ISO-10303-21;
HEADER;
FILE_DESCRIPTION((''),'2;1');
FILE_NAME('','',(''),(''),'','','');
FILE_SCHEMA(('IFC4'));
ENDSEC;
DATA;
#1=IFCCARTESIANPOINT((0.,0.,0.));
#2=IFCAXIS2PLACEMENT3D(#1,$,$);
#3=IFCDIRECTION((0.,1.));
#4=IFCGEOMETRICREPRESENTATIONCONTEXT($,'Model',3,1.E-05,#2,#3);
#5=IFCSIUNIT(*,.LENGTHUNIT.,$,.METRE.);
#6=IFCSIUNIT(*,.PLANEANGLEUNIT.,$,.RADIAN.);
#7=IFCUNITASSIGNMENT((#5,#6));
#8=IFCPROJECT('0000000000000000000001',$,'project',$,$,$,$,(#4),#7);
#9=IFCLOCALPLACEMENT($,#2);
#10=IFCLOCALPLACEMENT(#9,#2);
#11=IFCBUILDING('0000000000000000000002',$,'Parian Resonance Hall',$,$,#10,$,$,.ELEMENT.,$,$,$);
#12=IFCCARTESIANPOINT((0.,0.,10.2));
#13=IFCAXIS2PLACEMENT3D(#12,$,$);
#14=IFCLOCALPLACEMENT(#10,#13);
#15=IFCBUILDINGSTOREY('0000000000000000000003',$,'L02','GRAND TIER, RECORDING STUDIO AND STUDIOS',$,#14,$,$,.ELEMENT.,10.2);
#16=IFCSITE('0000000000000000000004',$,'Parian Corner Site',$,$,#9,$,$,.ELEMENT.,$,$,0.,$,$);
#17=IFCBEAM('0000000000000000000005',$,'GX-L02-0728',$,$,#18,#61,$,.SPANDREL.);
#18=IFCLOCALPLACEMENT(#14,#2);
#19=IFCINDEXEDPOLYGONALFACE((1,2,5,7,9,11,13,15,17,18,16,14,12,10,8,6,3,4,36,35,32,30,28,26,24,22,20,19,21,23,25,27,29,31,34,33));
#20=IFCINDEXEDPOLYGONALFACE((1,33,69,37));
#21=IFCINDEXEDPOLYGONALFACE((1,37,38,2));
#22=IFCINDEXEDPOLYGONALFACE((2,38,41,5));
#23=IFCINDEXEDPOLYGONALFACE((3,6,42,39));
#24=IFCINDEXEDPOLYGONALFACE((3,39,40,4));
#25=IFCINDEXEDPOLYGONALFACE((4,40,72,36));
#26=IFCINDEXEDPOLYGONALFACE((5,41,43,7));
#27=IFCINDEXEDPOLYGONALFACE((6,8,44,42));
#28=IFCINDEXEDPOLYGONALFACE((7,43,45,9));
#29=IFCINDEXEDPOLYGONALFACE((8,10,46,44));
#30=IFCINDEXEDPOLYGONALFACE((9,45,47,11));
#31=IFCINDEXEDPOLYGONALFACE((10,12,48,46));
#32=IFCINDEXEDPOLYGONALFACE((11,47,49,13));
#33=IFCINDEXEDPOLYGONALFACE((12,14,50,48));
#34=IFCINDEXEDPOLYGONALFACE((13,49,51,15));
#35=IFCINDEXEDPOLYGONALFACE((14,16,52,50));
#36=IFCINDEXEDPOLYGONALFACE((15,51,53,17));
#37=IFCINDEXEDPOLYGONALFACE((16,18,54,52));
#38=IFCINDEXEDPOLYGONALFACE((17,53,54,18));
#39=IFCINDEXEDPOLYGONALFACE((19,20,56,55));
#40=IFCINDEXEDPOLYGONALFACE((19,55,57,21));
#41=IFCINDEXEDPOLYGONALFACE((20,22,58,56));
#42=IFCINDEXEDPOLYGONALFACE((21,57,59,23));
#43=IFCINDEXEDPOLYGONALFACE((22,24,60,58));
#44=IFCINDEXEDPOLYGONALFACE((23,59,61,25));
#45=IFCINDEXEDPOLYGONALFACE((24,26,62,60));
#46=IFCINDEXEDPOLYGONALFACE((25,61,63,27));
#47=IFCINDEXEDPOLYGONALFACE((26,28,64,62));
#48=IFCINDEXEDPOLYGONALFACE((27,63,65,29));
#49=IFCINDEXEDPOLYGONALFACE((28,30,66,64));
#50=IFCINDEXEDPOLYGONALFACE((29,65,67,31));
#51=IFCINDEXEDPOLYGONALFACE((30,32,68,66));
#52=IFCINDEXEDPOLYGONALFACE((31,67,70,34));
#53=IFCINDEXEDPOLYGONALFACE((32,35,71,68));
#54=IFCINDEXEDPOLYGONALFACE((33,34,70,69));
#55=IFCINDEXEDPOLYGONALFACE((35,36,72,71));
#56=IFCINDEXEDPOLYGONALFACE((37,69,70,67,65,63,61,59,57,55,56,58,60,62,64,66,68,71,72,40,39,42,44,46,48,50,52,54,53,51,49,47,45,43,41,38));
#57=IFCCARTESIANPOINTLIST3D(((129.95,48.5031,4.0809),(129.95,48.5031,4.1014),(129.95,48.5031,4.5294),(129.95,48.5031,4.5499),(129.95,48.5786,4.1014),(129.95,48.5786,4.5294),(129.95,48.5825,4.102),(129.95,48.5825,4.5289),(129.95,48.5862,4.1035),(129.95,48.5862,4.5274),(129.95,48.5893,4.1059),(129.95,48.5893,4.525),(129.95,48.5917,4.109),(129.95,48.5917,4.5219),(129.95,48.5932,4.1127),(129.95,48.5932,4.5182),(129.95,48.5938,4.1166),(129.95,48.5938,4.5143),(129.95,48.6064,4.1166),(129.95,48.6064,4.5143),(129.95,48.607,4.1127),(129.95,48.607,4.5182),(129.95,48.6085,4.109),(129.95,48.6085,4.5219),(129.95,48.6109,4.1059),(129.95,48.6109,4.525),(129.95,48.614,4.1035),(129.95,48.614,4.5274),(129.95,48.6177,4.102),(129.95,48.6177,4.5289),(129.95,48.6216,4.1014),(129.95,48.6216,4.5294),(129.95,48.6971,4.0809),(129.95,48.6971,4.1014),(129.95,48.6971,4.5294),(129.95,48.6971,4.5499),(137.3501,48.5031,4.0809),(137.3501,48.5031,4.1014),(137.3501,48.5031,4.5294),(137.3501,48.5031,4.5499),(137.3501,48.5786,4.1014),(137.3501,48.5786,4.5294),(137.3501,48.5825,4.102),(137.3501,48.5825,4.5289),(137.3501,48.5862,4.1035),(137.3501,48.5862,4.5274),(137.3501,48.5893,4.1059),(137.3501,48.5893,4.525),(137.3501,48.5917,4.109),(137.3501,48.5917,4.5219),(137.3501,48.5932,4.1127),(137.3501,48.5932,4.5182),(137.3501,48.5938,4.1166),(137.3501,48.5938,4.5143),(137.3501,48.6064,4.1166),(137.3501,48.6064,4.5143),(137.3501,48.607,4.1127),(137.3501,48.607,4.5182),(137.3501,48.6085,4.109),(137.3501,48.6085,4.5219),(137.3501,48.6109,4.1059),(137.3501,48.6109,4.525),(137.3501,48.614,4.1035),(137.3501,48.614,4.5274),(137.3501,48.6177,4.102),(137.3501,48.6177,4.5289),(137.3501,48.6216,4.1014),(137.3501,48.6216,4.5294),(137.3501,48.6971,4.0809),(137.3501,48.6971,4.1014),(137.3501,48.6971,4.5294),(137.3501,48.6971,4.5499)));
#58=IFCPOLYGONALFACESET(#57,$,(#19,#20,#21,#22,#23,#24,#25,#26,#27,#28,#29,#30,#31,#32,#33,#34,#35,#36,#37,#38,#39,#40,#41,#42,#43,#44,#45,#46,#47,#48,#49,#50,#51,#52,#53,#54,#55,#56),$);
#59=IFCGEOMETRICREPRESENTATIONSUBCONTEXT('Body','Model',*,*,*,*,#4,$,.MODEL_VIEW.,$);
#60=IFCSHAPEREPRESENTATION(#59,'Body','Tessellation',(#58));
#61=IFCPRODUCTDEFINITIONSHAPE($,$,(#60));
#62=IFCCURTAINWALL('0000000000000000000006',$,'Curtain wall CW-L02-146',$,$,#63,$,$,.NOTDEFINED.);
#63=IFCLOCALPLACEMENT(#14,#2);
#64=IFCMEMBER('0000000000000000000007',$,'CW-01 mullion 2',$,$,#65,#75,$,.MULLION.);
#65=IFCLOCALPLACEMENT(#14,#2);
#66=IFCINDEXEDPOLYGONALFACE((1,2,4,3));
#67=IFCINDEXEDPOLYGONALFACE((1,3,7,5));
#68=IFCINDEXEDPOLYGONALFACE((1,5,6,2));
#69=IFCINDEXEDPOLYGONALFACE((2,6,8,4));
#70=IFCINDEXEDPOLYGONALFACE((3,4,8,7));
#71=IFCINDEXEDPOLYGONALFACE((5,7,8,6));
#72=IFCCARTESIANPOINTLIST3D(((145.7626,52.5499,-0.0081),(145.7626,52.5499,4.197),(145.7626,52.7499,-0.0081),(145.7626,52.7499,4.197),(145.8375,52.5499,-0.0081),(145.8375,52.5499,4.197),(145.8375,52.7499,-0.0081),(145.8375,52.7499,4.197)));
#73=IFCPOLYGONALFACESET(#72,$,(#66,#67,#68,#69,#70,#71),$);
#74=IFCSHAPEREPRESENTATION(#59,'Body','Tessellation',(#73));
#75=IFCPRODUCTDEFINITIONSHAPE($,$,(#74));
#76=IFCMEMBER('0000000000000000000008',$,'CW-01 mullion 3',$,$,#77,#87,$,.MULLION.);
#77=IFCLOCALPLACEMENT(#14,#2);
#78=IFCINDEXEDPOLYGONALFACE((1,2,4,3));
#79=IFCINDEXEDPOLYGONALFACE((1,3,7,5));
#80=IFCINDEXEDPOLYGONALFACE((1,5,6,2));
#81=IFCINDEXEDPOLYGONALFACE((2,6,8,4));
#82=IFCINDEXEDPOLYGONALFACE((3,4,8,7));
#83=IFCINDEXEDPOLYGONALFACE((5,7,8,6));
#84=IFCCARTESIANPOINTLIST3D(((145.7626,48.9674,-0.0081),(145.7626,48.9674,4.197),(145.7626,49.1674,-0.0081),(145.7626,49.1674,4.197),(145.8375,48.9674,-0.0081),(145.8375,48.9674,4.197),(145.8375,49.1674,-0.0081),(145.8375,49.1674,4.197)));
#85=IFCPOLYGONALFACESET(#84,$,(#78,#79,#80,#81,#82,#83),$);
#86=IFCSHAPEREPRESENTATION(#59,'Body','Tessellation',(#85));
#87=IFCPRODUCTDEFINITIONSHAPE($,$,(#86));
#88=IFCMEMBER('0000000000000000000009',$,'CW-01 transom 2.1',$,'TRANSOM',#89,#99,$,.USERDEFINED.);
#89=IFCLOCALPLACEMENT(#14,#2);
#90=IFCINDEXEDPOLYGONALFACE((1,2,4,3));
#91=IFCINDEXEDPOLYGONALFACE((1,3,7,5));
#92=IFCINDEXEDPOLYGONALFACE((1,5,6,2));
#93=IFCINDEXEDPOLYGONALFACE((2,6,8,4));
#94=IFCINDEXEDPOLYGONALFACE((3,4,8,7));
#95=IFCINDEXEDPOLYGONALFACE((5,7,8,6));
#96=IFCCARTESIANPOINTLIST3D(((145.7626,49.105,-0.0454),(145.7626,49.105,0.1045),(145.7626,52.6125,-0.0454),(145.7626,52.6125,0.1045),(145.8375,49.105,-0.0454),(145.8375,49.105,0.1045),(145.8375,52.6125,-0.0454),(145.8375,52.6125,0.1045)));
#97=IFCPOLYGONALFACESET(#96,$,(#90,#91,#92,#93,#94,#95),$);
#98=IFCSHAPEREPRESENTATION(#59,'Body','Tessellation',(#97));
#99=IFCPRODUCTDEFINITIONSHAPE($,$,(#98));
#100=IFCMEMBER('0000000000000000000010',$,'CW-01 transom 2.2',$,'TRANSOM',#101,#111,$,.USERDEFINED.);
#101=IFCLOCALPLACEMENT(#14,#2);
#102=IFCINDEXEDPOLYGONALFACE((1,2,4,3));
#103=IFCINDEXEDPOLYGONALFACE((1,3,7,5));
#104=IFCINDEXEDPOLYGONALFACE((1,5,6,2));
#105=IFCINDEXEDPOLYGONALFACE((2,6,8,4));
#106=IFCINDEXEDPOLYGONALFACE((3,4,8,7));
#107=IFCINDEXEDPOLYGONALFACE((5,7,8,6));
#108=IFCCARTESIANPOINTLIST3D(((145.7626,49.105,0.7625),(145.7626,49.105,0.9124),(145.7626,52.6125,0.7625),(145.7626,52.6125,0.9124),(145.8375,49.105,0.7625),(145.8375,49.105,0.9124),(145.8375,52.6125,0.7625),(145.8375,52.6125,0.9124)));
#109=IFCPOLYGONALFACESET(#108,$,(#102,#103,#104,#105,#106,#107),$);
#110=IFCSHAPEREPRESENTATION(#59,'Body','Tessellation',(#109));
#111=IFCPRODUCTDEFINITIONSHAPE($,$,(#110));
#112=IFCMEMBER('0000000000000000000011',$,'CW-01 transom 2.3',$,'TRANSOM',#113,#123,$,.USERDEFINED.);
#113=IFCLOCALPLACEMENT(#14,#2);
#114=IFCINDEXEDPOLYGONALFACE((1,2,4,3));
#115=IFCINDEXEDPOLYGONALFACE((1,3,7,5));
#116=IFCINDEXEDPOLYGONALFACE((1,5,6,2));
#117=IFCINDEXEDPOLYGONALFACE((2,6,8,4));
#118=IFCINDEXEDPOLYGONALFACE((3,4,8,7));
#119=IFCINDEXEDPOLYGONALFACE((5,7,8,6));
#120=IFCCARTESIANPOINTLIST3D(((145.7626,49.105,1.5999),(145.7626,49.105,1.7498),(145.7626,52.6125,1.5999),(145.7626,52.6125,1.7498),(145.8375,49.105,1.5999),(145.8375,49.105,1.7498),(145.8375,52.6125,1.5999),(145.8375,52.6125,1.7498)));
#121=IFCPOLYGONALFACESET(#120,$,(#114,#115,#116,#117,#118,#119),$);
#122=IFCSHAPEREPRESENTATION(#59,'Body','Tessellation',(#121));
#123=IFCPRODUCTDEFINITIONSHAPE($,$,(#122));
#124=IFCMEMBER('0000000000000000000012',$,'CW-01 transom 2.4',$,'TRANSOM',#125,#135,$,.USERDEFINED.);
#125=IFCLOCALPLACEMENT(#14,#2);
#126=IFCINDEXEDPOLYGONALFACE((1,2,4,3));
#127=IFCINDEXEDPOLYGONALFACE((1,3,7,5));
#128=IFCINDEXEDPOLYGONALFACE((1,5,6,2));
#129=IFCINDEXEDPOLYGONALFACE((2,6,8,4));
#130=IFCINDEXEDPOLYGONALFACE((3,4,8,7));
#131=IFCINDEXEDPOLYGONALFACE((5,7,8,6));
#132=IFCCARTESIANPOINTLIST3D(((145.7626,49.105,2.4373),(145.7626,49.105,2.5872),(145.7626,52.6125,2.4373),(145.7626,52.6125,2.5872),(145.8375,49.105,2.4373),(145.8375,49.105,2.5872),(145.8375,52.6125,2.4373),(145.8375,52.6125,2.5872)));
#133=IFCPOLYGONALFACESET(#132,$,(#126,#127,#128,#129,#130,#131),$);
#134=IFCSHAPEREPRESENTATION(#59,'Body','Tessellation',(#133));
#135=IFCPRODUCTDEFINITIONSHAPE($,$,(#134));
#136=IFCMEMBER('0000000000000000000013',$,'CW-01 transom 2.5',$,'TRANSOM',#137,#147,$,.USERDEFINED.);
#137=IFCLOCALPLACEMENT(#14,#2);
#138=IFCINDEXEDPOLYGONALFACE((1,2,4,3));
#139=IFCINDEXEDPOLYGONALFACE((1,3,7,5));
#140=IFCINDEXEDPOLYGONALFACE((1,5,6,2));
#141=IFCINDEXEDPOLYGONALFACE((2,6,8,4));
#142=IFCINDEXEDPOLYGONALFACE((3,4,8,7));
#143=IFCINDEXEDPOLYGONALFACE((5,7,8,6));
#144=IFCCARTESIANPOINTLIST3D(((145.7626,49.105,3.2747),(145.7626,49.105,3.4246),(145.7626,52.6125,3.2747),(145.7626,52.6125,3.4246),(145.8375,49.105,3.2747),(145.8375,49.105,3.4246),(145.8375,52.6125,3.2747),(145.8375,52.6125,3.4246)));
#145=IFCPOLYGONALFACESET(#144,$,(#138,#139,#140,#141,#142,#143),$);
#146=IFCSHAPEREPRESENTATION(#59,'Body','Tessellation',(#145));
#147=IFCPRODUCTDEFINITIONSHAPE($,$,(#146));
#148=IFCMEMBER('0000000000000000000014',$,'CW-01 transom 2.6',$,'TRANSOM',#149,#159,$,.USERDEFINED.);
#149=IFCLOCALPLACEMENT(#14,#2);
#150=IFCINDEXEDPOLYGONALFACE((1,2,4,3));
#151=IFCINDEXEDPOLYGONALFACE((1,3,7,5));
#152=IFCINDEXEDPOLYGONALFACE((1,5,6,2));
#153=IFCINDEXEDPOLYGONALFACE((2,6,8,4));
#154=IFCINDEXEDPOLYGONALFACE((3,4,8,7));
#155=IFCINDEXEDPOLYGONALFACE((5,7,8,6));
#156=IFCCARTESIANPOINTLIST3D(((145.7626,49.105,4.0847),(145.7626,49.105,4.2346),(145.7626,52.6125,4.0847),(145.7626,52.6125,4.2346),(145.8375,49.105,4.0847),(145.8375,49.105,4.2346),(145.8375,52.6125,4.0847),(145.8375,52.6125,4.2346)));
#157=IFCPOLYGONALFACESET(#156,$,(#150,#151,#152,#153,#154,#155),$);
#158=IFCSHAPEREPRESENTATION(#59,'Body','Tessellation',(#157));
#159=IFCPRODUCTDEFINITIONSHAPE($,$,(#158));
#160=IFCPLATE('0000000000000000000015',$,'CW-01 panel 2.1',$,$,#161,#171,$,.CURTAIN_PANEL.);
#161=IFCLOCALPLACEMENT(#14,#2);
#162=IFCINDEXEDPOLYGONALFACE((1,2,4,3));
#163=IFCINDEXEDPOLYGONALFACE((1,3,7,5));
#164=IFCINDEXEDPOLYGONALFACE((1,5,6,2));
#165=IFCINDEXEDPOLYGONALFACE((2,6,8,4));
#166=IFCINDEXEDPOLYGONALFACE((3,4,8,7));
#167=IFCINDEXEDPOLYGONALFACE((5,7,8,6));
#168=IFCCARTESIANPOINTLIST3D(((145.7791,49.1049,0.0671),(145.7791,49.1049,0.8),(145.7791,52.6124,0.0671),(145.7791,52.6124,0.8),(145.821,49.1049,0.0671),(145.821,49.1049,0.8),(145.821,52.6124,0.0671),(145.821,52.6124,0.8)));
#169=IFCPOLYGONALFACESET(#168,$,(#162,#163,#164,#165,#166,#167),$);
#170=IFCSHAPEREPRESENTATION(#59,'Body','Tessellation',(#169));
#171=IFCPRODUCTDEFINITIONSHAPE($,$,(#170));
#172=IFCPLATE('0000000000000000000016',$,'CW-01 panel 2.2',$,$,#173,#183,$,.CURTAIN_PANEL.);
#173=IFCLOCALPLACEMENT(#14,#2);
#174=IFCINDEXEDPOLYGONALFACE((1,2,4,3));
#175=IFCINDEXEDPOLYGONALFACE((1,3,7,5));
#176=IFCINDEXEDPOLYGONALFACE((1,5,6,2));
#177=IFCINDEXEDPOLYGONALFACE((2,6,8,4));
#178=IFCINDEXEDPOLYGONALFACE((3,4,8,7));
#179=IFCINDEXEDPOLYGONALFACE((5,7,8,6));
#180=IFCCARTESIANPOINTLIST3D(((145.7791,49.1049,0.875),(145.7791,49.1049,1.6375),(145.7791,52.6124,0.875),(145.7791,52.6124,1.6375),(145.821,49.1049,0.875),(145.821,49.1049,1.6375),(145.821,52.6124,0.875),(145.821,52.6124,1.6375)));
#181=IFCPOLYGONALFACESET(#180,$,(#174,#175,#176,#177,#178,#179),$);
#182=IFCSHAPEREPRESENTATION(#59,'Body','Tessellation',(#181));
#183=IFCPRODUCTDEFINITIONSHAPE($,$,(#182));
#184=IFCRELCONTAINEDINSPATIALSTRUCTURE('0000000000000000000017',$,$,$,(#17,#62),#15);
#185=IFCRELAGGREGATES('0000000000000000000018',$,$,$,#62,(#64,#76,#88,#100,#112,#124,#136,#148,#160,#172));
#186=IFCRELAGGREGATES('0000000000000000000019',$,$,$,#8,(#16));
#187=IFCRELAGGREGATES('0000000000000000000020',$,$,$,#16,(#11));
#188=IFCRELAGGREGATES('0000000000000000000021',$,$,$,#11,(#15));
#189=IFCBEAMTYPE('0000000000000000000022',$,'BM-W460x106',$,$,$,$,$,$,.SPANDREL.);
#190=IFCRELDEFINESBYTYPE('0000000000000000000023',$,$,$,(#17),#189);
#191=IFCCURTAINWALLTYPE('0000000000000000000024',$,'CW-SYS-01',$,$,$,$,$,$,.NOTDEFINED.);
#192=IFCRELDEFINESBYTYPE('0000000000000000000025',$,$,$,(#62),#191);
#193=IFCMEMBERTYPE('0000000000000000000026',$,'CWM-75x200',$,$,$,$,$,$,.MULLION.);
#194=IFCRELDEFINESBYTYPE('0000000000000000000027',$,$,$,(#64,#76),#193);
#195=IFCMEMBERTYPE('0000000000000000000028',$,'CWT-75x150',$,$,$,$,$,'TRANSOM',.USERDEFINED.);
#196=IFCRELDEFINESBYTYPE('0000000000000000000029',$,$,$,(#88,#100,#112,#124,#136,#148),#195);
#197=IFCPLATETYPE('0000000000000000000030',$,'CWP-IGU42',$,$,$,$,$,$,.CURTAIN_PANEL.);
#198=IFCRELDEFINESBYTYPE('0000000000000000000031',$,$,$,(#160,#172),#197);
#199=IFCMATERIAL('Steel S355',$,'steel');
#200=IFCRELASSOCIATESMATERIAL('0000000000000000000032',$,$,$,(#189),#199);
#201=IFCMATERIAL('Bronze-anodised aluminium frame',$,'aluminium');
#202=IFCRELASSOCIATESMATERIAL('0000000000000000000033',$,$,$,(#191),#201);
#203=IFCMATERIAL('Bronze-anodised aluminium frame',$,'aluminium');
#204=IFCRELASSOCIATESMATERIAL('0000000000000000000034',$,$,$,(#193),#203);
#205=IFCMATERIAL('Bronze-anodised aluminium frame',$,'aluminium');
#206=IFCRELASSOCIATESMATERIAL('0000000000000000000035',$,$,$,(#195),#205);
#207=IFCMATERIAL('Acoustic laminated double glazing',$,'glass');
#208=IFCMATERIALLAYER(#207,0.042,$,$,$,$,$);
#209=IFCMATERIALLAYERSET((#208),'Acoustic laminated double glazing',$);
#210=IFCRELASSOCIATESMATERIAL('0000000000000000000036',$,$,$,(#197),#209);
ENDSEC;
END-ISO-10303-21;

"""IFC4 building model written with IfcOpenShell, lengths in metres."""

from ifc_helpers import new_model, si_unit, direction, frame, origin, origin_2d, place, context, subcontext, project, spatial, rectangle, i_section, extrude, material, layer, layer_set, material_profile, profile_set, type_object, element, aggregate, save


model = new_model("IFC4")

# Units and contexts
model_context = context("Model", 3, precision=1e-05, world=origin(), true_north=direction((0.0, 1.0)))
body_context = subcontext(model_context, "Body", "Model", "MODEL_VIEW")
ifc_project = project(units=[si_unit("LENGTHUNIT", "METRE"), si_unit("PLANEANGLEUNIT", "RADIAN")], contexts=[model_context])

# Site, building, storey
site_placement = place(None, origin())
site = spatial("IfcSite", under=ifc_project, at=site_placement, Name="Parian Corner Site", CompositionType="ELEMENT", RefElevation=0.0)
building_placement = place(site_placement, origin())
building = spatial("IfcBuilding", under=site, at=building_placement, Name="Parian Resonance Hall", CompositionType="ELEMENT")
storey_placement = place(building_placement, frame((0.0, 0.0, 10.2)))
storey = spatial("IfcBuildingStorey", under=building, at=storey_placement, Name="L02", Description="GRAND TIER, RECORDING STUDIO AND STUDIOS", CompositionType="ELEMENT", Elevation=10.2)

# Beam
ifc_material_1 = material(Name="Steel S355", Category="steel")
ifc_material_profile_1 = material_profile(ifc_material_1, i_section(OverallWidth=0.1941, OverallDepth=0.469, WebThickness=0.0127, FlangeThickness=0.0205, FilletRadius=0.0151, at=origin_2d()), Name="W460x106")
ifc_profile_set_1 = profile_set([ifc_material_profile_1], Name="Steel S355")
beam_type_1 = type_object("IfcBeamType", Name="BM-W460x106", PredefinedType="SPANDREL", material=ifc_profile_set_1)
beam_1_placement = place(storey_placement, frame((129.95, 48.6001, 4.3154), z_axis=(1.0, 0.0, 0.0), x_axis=(0.0, 1.0, 0.0)))
element("IfcBeam", 1, at=beam_1_placement, inside=storey, type_object=beam_type_1, Name="GX-L02-0728", PredefinedType="SPANDREL", context=body_context, shape_type="SweptSolid", body=[
    extrude(i_section(OverallWidth=0.1941, OverallDepth=0.469, WebThickness=0.0127, FlangeThickness=0.0205, FilletRadius=0.0151, at=origin_2d()), origin(), (0.0, 0.0, 1.0), 7.4001),
])

# Curtain wall, members, plates
ifc_material_2 = material(Name="Bronze-anodised aluminium frame", Category="aluminium")
curtain_wall_type = type_object("IfcCurtainWallType", Name="CW-SYS-01", PredefinedType="NOTDEFINED", material=ifc_material_2)
curtain_wall_placement = place(storey_placement, origin())
curtain_wall = element("IfcCurtainWall", 2, at=curtain_wall_placement, inside=storey, type_object=curtain_wall_type, Name="Curtain wall CW-L02-146", PredefinedType="NOTDEFINED")
ifc_material_3 = material(Name="Bronze-anodised aluminium frame", Category="aluminium")
ifc_material_profile_2 = material_profile(ifc_material_3, rectangle(XDim=0.075, YDim=0.2, at=origin_2d()), Name="CWM-75x200")
ifc_profile_set_2 = profile_set([ifc_material_profile_2], Name="Bronze-anodised aluminium frame")
member_type_1 = type_object("IfcMemberType", Name="CWM-75x200", PredefinedType="MULLION", material=ifc_profile_set_2)
member_1_placement = place(storey_placement, frame((145.8, 52.6499, -0.0081), z_axis=(0.0, 0.0, 1.0), x_axis=(1.0, 0.0, 0.0)))
member_1 = element("IfcMember", 3, at=member_1_placement, type_object=member_type_1, Name="CW-01 mullion 2", PredefinedType="MULLION", context=body_context, shape_type="SweptSolid", body=[
    extrude(rectangle(XDim=0.075, YDim=0.2, at=origin_2d()), origin(), (0.0, 0.0, 1.0), 4.2051),
])
member_2_placement = place(storey_placement, frame((145.8, 49.0674, -0.0081), z_axis=(0.0, 0.0, 1.0), x_axis=(1.0, 0.0, 0.0)))
member_2 = element("IfcMember", 4, at=member_2_placement, type_object=member_type_1, Name="CW-01 mullion 3", PredefinedType="MULLION", context=body_context, shape_type="SweptSolid", body=[
    extrude(rectangle(XDim=0.075, YDim=0.2, at=origin_2d()), origin(), (0.0, 0.0, 1.0), 4.2051),
])
ifc_material_4 = material(Name="Bronze-anodised aluminium frame", Category="aluminium")
ifc_material_profile_3 = material_profile(ifc_material_4, rectangle(XDim=0.075, YDim=0.1499, at=origin_2d()), Name="CWT-75x150")
ifc_profile_set_3 = profile_set([ifc_material_profile_3], Name="Bronze-anodised aluminium frame")
member_type_2 = type_object("IfcMemberType", Name="CWT-75x150", ElementType="TRANSOM", PredefinedType="USERDEFINED", material=ifc_profile_set_3)
member_3_placement = place(storey_placement, frame((145.8, 52.6125, 0.0295), z_axis=(0.0, -1.0, 0.0), x_axis=(1.0, 0.0, 0.0)))
member_3 = element("IfcMember", 5, at=member_3_placement, type_object=member_type_2, Name="CW-01 transom 2.1", ObjectType="TRANSOM", PredefinedType="USERDEFINED", context=body_context, shape_type="SweptSolid", body=[
    extrude(rectangle(XDim=0.075, YDim=0.1499, at=origin_2d()), origin(), (0.0, 0.0, 1.0), 3.5076),
])
member_4_placement = place(storey_placement, frame((145.8, 52.6125, 0.8374), z_axis=(0.0, -1.0, 0.0), x_axis=(1.0, 0.0, 0.0)))
member_4 = element("IfcMember", 6, at=member_4_placement, type_object=member_type_2, Name="CW-01 transom 2.2", ObjectType="TRANSOM", PredefinedType="USERDEFINED", context=body_context, shape_type="SweptSolid", body=[
    extrude(rectangle(XDim=0.075, YDim=0.1499, at=origin_2d()), origin(), (0.0, 0.0, 1.0), 3.5076),
])
member_5_placement = place(storey_placement, frame((145.8, 52.6125, 1.6748), z_axis=(0.0, -1.0, 0.0), x_axis=(1.0, 0.0, 0.0)))
member_5 = element("IfcMember", 7, at=member_5_placement, type_object=member_type_2, Name="CW-01 transom 2.3", ObjectType="TRANSOM", PredefinedType="USERDEFINED", context=body_context, shape_type="SweptSolid", body=[
    extrude(rectangle(XDim=0.075, YDim=0.1499, at=origin_2d()), origin(), (0.0, 0.0, 1.0), 3.5076),
])
member_6_placement = place(storey_placement, frame((145.8, 52.6125, 2.5122), z_axis=(0.0, -1.0, 0.0), x_axis=(1.0, 0.0, 0.0)))
member_6 = element("IfcMember", 8, at=member_6_placement, type_object=member_type_2, Name="CW-01 transom 2.4", ObjectType="TRANSOM", PredefinedType="USERDEFINED", context=body_context, shape_type="SweptSolid", body=[
    extrude(rectangle(XDim=0.075, YDim=0.1499, at=origin_2d()), origin(), (0.0, 0.0, 1.0), 3.5076),
])
member_7_placement = place(storey_placement, frame((145.8, 52.6125, 3.3496), z_axis=(0.0, -1.0, 0.0), x_axis=(1.0, 0.0, 0.0)))
member_7 = element("IfcMember", 9, at=member_7_placement, type_object=member_type_2, Name="CW-01 transom 2.5", ObjectType="TRANSOM", PredefinedType="USERDEFINED", context=body_context, shape_type="SweptSolid", body=[
    extrude(rectangle(XDim=0.075, YDim=0.1499, at=origin_2d()), origin(), (0.0, 0.0, 1.0), 3.5076),
])
member_8_placement = place(storey_placement, frame((145.8, 52.6125, 4.1597), z_axis=(0.0, -1.0, 0.0), x_axis=(1.0, 0.0, 0.0)))
member_8 = element("IfcMember", 10, at=member_8_placement, type_object=member_type_2, Name="CW-01 transom 2.6", ObjectType="TRANSOM", PredefinedType="USERDEFINED", context=body_context, shape_type="SweptSolid", body=[
    extrude(rectangle(XDim=0.075, YDim=0.1499, at=origin_2d()), origin(), (0.0, 0.0, 1.0), 3.5076),
])
ifc_material_5 = material(Name="Acoustic laminated double glazing", Category="glass")
ifc_layer_1 = layer(ifc_material_5, 0.042)
ifc_layer_set_1 = layer_set([ifc_layer_1], Name="Acoustic laminated double glazing")
plate_type = type_object("IfcPlateType", Name="CWP-IGU42", PredefinedType="CURTAIN_PANEL", material=ifc_layer_set_1)
plate_1_placement = place(storey_placement, frame((145.8, 50.8586, 0.0671), z_axis=(0.0, 0.0, 1.0), x_axis=(0.0, -1.0, 0.0)))
plate_1 = element("IfcPlate", 11, at=plate_1_placement, type_object=plate_type, Name="CW-01 panel 2.1", PredefinedType="CURTAIN_PANEL", context=body_context, shape_type="SweptSolid", body=[
    extrude(rectangle(XDim=3.5076, YDim=0.042, at=origin_2d()), origin(), (0.0, 0.0, 1.0), 0.7329),
])
plate_2_placement = place(storey_placement, frame((145.8, 50.8586, 0.875), z_axis=(0.0, 0.0, 1.0), x_axis=(0.0, -1.0, 0.0)))
plate_2 = element("IfcPlate", 12, at=plate_2_placement, type_object=plate_type, Name="CW-01 panel 2.2", PredefinedType="CURTAIN_PANEL", context=body_context, shape_type="SweptSolid", body=[
    extrude(rectangle(XDim=3.5076, YDim=0.042, at=origin_2d()), origin(), (0.0, 0.0, 1.0), 0.7625),
])
aggregate(curtain_wall, [member_1, member_2, member_3, member_4, member_5, member_6, member_7, member_8, plate_1, plate_2])

save(model, "model.ifc")
